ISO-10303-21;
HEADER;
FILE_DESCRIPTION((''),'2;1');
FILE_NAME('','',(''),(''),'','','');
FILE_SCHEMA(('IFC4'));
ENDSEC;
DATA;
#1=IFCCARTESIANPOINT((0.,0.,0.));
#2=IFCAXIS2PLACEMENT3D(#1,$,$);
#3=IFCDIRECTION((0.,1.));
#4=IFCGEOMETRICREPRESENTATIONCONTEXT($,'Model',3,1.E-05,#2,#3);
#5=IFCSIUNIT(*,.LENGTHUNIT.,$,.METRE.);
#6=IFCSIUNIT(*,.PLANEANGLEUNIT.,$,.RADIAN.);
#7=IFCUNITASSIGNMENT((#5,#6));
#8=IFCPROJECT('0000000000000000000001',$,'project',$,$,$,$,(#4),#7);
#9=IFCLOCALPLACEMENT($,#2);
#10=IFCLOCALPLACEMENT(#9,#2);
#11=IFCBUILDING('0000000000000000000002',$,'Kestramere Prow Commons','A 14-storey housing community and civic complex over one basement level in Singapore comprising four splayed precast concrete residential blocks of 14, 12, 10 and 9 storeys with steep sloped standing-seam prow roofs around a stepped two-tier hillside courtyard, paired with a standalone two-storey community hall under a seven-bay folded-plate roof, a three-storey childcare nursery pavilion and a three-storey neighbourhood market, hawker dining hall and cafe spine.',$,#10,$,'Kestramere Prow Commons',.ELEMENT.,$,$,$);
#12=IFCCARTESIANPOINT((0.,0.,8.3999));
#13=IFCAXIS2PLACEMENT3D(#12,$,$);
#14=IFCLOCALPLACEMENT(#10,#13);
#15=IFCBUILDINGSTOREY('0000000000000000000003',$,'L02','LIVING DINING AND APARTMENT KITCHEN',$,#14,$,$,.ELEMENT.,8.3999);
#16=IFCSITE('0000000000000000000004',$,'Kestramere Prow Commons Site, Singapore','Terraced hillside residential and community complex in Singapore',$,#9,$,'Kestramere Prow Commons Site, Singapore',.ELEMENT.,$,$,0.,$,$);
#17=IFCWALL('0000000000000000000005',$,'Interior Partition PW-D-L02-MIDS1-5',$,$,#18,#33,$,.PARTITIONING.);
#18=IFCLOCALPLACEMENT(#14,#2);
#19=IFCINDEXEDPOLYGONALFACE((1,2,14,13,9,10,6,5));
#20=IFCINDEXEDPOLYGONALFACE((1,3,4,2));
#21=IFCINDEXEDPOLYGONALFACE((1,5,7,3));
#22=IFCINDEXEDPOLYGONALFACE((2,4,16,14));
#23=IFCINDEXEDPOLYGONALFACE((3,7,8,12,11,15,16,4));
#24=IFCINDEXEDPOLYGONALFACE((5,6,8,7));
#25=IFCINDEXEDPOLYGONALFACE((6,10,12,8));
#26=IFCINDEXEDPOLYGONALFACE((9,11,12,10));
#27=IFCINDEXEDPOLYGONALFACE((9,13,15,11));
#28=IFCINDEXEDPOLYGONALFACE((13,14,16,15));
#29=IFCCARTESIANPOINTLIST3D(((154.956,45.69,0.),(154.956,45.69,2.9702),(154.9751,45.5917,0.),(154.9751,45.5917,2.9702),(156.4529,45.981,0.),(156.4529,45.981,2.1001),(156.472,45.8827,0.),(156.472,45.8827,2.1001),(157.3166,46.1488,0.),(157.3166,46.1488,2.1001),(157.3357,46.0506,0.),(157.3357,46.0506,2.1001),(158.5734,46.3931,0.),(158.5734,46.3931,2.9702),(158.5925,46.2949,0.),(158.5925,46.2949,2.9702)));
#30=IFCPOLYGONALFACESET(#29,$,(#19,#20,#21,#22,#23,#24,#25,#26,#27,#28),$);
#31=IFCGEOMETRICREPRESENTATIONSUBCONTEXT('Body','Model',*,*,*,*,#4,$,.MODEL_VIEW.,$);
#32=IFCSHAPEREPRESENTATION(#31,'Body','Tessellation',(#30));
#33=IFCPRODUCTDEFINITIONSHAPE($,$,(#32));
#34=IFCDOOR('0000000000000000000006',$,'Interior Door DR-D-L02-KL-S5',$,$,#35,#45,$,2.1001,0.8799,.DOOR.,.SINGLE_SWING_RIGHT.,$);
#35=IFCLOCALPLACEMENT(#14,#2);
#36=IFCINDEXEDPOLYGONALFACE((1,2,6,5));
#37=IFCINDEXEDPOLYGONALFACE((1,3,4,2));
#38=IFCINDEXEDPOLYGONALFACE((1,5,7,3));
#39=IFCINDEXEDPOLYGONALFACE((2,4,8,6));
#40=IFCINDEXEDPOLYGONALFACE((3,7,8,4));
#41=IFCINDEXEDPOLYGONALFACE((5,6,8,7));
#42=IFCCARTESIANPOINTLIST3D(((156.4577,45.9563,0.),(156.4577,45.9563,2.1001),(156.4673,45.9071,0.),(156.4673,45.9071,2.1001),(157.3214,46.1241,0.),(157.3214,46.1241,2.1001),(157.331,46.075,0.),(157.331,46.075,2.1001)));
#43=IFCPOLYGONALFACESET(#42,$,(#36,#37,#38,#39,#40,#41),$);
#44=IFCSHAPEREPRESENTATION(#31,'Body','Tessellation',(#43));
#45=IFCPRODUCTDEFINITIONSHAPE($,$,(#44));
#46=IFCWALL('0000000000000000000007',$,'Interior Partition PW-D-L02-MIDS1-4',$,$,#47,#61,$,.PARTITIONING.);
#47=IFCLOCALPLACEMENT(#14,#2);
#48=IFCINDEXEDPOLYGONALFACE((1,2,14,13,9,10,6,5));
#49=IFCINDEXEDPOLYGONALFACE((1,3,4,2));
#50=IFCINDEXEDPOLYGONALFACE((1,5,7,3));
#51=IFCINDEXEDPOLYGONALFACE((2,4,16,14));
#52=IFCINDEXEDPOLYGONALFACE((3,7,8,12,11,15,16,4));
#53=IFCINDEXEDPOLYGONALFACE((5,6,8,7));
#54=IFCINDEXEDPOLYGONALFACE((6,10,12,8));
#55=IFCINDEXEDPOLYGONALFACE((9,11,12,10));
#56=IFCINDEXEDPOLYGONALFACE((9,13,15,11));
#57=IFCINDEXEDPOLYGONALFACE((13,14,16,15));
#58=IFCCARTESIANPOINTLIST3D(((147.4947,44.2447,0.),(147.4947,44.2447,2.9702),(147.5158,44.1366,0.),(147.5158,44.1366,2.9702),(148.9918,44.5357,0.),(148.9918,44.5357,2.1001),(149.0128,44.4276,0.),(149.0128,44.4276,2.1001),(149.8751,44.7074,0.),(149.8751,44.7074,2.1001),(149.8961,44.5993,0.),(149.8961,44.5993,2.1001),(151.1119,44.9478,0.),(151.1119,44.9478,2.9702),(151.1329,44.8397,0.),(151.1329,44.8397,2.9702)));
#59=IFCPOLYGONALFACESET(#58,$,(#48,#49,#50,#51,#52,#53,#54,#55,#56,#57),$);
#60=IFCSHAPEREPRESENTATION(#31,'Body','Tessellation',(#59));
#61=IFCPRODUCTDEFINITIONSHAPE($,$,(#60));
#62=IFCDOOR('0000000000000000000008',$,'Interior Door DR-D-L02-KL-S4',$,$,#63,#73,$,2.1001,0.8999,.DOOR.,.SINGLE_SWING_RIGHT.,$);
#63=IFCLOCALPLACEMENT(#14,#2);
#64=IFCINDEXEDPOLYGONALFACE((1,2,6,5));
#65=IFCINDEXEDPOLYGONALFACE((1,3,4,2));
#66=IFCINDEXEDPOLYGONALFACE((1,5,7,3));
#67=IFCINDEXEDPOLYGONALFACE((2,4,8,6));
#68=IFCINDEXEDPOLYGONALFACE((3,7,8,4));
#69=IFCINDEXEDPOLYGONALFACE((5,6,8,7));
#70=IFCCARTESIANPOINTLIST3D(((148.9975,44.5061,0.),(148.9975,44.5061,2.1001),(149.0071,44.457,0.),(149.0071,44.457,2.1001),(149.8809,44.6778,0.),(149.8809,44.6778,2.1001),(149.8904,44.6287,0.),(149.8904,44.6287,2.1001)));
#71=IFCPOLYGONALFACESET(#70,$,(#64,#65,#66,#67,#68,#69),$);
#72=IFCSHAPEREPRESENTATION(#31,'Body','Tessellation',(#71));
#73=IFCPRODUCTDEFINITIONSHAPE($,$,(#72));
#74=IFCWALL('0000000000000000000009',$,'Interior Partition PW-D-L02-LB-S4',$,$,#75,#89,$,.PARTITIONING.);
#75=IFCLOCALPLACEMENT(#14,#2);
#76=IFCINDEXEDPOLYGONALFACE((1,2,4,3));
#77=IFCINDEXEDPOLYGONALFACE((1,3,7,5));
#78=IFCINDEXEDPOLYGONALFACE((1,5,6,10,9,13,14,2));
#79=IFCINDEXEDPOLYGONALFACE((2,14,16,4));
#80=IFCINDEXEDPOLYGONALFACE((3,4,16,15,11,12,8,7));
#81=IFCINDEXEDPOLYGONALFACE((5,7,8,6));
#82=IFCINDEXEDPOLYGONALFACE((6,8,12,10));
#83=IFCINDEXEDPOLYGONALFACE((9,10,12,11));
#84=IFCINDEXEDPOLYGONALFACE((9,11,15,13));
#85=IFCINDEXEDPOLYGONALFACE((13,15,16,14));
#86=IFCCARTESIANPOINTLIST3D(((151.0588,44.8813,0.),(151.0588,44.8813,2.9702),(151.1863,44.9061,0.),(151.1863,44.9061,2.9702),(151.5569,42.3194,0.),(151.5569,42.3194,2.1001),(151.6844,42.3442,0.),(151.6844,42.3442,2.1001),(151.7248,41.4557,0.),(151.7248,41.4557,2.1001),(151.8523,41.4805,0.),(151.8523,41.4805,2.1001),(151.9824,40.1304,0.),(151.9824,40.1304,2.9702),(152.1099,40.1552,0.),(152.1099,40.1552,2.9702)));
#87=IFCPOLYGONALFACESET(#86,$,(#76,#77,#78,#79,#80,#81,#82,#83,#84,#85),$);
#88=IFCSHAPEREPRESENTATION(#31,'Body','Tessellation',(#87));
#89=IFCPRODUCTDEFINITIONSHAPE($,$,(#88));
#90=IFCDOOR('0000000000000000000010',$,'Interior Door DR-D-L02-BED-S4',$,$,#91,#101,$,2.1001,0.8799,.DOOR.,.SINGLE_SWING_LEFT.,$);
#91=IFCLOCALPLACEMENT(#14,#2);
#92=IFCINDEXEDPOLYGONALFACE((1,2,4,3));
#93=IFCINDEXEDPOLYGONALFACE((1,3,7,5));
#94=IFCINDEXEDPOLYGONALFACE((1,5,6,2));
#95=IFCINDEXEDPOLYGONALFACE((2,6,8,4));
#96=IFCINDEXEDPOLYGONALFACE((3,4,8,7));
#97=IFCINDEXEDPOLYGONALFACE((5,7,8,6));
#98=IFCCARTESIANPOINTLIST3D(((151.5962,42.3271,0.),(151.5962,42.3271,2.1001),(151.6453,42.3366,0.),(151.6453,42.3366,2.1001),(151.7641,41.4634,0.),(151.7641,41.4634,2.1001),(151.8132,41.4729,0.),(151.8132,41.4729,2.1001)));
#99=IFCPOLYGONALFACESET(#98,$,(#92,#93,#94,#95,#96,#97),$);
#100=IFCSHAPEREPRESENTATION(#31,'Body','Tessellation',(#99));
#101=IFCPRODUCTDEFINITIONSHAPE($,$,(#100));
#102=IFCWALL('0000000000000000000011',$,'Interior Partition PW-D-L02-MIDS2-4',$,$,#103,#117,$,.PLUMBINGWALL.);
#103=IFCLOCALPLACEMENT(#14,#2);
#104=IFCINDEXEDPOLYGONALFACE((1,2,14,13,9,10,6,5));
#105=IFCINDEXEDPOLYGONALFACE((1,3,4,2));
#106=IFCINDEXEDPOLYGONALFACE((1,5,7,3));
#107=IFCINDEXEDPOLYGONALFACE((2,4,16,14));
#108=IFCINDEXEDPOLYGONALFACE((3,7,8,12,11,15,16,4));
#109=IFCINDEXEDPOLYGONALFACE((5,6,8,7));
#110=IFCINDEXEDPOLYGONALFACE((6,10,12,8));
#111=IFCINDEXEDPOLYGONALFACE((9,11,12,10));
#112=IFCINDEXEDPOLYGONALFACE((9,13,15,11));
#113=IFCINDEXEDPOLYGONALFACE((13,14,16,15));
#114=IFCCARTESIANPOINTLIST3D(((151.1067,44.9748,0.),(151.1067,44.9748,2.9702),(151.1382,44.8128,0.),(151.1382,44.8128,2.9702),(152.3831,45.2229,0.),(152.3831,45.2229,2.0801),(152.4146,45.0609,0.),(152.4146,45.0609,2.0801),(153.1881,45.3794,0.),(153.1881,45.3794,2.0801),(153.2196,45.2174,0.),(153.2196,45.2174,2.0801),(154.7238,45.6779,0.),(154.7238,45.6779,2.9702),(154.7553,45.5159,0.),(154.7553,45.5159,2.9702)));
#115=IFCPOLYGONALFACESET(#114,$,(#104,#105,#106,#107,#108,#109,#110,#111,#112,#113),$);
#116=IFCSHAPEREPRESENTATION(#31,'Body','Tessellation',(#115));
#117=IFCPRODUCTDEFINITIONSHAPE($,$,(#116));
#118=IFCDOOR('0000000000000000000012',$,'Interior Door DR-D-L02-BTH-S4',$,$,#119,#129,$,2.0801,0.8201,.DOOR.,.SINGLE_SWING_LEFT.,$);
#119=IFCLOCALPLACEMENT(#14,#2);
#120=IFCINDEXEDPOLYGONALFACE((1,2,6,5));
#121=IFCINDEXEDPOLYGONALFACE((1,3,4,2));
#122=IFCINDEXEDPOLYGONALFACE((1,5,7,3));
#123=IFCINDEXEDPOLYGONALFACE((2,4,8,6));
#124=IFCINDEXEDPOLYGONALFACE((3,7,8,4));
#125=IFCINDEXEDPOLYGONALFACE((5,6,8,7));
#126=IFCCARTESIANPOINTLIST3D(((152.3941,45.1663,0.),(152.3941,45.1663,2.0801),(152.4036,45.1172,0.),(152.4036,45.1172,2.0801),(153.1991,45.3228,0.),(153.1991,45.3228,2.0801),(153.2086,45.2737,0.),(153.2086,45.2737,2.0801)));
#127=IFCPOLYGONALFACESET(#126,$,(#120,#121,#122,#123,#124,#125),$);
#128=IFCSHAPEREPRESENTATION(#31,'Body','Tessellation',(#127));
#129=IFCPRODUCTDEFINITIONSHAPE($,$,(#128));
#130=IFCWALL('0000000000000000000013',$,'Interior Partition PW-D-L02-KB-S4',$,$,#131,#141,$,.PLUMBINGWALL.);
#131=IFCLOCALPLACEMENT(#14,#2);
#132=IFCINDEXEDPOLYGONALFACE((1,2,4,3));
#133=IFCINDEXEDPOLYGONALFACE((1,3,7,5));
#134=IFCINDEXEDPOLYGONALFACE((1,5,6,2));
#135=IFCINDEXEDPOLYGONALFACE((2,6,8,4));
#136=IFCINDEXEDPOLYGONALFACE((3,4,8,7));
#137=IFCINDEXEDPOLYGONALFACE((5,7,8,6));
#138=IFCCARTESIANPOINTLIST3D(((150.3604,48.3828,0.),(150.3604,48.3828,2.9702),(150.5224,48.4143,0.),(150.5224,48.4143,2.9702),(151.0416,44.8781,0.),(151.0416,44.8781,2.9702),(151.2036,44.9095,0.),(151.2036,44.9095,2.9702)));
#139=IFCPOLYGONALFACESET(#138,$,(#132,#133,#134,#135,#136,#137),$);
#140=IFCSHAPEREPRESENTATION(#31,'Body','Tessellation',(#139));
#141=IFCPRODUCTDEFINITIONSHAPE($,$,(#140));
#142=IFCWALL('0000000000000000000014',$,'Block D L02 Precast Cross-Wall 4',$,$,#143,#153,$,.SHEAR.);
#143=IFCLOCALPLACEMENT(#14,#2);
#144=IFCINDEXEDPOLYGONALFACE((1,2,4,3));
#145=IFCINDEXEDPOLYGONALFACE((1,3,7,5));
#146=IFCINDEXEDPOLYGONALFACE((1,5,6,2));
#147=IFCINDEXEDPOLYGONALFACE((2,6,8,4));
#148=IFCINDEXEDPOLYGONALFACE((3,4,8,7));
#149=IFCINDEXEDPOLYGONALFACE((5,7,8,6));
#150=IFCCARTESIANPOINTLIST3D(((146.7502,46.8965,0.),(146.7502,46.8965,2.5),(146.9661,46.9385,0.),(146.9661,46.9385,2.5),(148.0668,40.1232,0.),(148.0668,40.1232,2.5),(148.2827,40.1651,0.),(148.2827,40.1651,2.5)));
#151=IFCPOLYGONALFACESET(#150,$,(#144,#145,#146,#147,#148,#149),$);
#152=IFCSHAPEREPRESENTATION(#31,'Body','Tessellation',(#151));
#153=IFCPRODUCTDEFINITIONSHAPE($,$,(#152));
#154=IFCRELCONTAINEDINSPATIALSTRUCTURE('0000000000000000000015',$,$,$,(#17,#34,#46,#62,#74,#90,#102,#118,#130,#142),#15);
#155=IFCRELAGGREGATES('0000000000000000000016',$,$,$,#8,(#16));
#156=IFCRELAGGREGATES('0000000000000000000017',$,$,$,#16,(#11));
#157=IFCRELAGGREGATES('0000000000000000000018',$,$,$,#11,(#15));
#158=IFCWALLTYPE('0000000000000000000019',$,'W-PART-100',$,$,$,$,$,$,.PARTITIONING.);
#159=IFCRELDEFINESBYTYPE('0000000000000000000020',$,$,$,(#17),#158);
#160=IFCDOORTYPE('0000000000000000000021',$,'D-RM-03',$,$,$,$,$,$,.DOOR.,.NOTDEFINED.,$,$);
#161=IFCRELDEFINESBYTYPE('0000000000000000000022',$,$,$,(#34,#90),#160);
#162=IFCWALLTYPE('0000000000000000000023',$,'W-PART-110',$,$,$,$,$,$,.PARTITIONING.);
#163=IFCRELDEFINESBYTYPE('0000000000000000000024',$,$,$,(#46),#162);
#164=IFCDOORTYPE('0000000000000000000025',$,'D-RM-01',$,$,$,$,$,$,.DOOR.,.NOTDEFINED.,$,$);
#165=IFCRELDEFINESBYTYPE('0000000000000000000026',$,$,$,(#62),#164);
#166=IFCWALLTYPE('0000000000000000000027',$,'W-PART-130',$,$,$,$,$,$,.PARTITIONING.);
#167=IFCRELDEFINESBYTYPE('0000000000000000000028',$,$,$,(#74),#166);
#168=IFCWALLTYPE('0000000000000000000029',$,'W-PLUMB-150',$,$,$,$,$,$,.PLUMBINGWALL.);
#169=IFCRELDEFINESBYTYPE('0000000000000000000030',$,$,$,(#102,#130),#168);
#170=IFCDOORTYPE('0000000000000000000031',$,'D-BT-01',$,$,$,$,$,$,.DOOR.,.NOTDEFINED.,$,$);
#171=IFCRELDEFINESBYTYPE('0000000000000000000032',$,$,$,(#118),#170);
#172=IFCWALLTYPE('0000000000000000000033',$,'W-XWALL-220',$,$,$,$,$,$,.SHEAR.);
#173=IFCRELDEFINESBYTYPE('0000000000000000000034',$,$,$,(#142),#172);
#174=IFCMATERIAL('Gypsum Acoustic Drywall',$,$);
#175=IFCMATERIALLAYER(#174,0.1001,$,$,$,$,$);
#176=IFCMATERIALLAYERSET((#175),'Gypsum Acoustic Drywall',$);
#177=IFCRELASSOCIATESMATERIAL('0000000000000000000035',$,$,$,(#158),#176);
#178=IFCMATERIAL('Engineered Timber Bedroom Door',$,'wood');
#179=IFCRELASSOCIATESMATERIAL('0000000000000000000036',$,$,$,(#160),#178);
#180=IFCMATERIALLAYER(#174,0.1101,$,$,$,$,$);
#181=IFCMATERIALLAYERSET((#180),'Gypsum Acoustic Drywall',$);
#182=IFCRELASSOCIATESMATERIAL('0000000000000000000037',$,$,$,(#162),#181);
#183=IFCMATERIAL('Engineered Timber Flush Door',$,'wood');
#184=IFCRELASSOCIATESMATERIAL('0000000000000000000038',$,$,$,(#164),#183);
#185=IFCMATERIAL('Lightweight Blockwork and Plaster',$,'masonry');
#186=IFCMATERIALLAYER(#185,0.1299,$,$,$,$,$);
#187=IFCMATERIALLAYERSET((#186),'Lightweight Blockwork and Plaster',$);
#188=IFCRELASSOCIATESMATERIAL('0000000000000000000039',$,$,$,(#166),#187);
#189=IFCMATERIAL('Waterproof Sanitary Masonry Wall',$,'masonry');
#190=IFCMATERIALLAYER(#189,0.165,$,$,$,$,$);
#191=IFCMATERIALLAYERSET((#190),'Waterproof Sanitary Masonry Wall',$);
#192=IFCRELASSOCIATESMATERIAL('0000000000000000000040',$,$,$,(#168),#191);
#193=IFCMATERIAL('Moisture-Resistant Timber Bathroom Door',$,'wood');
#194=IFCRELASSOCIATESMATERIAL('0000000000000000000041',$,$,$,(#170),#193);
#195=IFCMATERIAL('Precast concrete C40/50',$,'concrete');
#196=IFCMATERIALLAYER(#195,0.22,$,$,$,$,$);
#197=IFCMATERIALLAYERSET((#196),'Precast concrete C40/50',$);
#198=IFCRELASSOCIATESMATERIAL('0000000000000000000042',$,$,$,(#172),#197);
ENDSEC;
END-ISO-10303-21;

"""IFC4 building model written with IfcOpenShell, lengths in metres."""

from ifc_helpers import new_model, si_unit, direction, frame, frame_2d, origin, place, context, subcontext, project, spatial, rectangle, extrude, material, layer, layer_set, type_object, element, fill, save


model = new_model("IFC4")

# Units and contexts
model_context = context("Model", 3, precision=1e-05, world=origin(), true_north=direction((0.0, 1.0)))
body_context = subcontext(model_context, "Body", "Model", "MODEL_VIEW")
ifc_project = project(units=[si_unit("LENGTHUNIT", "METRE"), si_unit("PLANEANGLEUNIT", "RADIAN")], contexts=[model_context])

# Site, building, storey
site_placement = place(None, origin())
site = spatial("IfcSite", under=ifc_project, at=site_placement, Name="Kestramere Prow Commons Site, Singapore", Description="Terraced hillside residential and community complex in Singapore", LongName="Kestramere Prow Commons Site, Singapore", CompositionType="ELEMENT", RefElevation=0.0)
building_placement = place(site_placement, origin())
building = spatial("IfcBuilding", under=site, at=building_placement, Name="Kestramere Prow Commons", Description="A 14-storey housing community and civic complex over one basement level in Singapore comprising four splayed precast concrete residential blocks of 14, 12, 10 and 9 storeys with steep sloped standing-seam prow roofs around a stepped two-tier hillside courtyard, paired with a standalone two-storey community hall under a seven-bay folded-plate roof, a three-storey childcare nursery pavilion and a three-storey neighbourhood market, hawker dining hall and cafe spine.", LongName="Kestramere Prow Commons", CompositionType="ELEMENT")
storey_placement = place(building_placement, frame((0.0, 0.0, 8.3999)))
storey = spatial("IfcBuildingStorey", under=building, at=storey_placement, Name="L02", Description="LIVING DINING AND APARTMENT KITCHEN", CompositionType="ELEMENT", Elevation=8.3999)

# Shared definitions
ifc_material_1 = material(Name="Precast concrete C40/50", Category="concrete")

# Walls, openings, doors
ifc_material_2 = material(Name="Gypsum Acoustic Drywall")
ifc_layer_1 = layer(ifc_material_2, 0.1001)
ifc_layer_set_1 = layer_set([ifc_layer_1], Name="Gypsum Acoustic Drywall")
wall_type_1 = type_object("IfcWallType", Name="W-PART-100", PredefinedType="PARTITIONING", material=ifc_layer_set_1)
wall_1_placement = place(storey_placement, frame((154.9656, 45.6409, 0.0), z_axis=(0.0, 0.0, 1.0), x_axis=(0.981629, 0.190801, 0.0)))
wall_1 = element("IfcWall", 1, at=wall_1_placement, inside=storey, type_object=wall_type_1, Name="Interior Partition PW-D-L02-MIDS1-5", PredefinedType="PARTITIONING", context=body_context, shape_type="SweptSolid", body=[
    extrude(rectangle(XDim=3.6851, YDim=0.1001, at=frame_2d((1.8425, 0.0))), origin(), (0.0, 0.0, 1.0), 2.9702),
])
opening_1_placement = place(wall_1_placement, frame((1.5249, 0.0, 0.0)))
opening_1 = element("IfcOpeningElement", 2, at=opening_1_placement, cuts=wall_1, PredefinedType="OPENING", context=body_context, shape_type="SweptSolid", body=[
    extrude(rectangle(XDim=0.8799, YDim=2.1001, at=frame_2d((0.4399, 1.05))), frame((0.0, 0.0649, 0.0), z_axis=(0.0, -1.0, 0.0), x_axis=(1.0, 0.0, 0.0)), (0.0, 0.0, 1.0), 0.1301),
])
ifc_material_3 = material(Name="Engineered Timber Bedroom Door", Category="wood")
door_type_1 = type_object("IfcDoorType", Name="D-RM-03", OperationType="NOTDEFINED", PredefinedType="DOOR", material=ifc_material_3)
door_1_placement = place(opening_1_placement, origin())
door_1 = element("IfcDoor", 3, at=door_1_placement, inside=storey, type_object=door_type_1, Name="Interior Door DR-D-L02-KL-S5", OperationType="SINGLE_SWING_RIGHT", OverallHeight=2.1001, OverallWidth=0.8799, PredefinedType="DOOR", context=body_context, shape_type="SweptSolid", body=[
    extrude(rectangle(XDim=0.8799, YDim=2.1001, at=frame_2d((0.4399, 1.05))), frame((0.0, 0.0249, 0.0), z_axis=(0.0, -1.0, 0.0), x_axis=(1.0, 0.0, 0.0)), (0.0, 0.0, 1.0), 0.05),
])
fill(opening_1, door_1)
ifc_layer_2 = layer(ifc_material_2, 0.1101)
ifc_layer_set_2 = layer_set([ifc_layer_2], Name="Gypsum Acoustic Drywall")
wall_type_2 = type_object("IfcWallType", Name="W-PART-110", PredefinedType="PARTITIONING", material=ifc_layer_set_2)
wall_2_placement = place(storey_placement, frame((147.5054, 44.1907, 0.0), z_axis=(0.0, 0.0, 1.0), x_axis=(0.981626, 0.190813, 0.0)))
wall_2 = element("IfcWall", 4, at=wall_2_placement, inside=storey, type_object=wall_type_2, Name="Interior Partition PW-D-L02-MIDS1-4", PredefinedType="PARTITIONING", context=body_context, shape_type="SweptSolid", body=[
    extrude(rectangle(XDim=3.6848, YDim=0.1101, at=frame_2d((1.8423, 0.0))), origin(), (0.0, 0.0, 1.0), 2.9702),
])
opening_2_placement = place(wall_2_placement, frame((1.5249, 0.0, 0.0)))
opening_2 = element("IfcOpeningElement", 5, at=opening_2_placement, cuts=wall_2, PredefinedType="OPENING", context=body_context, shape_type="SweptSolid", body=[
    extrude(rectangle(XDim=0.8999, YDim=2.1001, at=frame_2d((0.45, 1.05))), frame((0.0, 0.0701, 0.0), z_axis=(0.0, -1.0, 0.0), x_axis=(1.0, 0.0, 0.0)), (0.0, 0.0, 1.0), 0.1401),
])
ifc_material_4 = material(Name="Engineered Timber Flush Door", Category="wood")
door_type_2 = type_object("IfcDoorType", Name="D-RM-01", OperationType="NOTDEFINED", PredefinedType="DOOR", material=ifc_material_4)
door_2_placement = place(opening_2_placement, origin())
door_2 = element("IfcDoor", 6, at=door_2_placement, inside=storey, type_object=door_type_2, Name="Interior Door DR-D-L02-KL-S4", OperationType="SINGLE_SWING_RIGHT", OverallHeight=2.1001, OverallWidth=0.8999, PredefinedType="DOOR", context=body_context, shape_type="SweptSolid", body=[
    extrude(rectangle(XDim=0.8999, YDim=2.1001, at=frame_2d((0.45, 1.05))), frame((0.0, 0.0249, 0.0), z_axis=(0.0, -1.0, 0.0), x_axis=(1.0, 0.0, 0.0)), (0.0, 0.0, 1.0), 0.05),
])
fill(opening_2, door_2)
ifc_material_5 = material(Name="Lightweight Blockwork and Plaster", Category="masonry")
ifc_layer_3 = layer(ifc_material_5, 0.1299)
ifc_layer_set_3 = layer_set([ifc_layer_3], Name="Lightweight Blockwork and Plaster")
wall_type_3 = type_object("IfcWallType", Name="W-PART-130", PredefinedType="PARTITIONING", material=ifc_layer_set_3)
wall_3_placement = place(storey_placement, frame((152.0461, 40.1428, 0.0), z_axis=(0.0, 0.0, 1.0), x_axis=(-0.190826, 0.981624, 0.0)))
wall_3 = element("IfcWall", 7, at=wall_3_placement, inside=storey, type_object=wall_type_3, Name="Interior Partition PW-D-L02-LB-S4", PredefinedType="PARTITIONING", context=body_context, shape_type="SweptSolid", body=[
    extrude(rectangle(XDim=4.8398, YDim=0.1299, at=frame_2d((2.4199, 0.0))), origin(), (0.0, 0.0, 1.0), 2.9702),
])
opening_3_placement = place(wall_3_placement, frame((1.3501, 0.0, 0.0)))
opening_3 = element("IfcOpeningElement", 8, at=opening_3_placement, cuts=wall_3, PredefinedType="OPENING", context=body_context, shape_type="SweptSolid", body=[
    extrude(rectangle(XDim=0.8799, YDim=2.1001, at=frame_2d((0.4399, 1.05))), frame((0.0, 0.0798, 0.0), z_axis=(0.0, -1.0, 0.0), x_axis=(1.0, 0.0, 0.0)), (0.0, 0.0, 1.0), 0.1599),
])
door_3_placement = place(opening_3_placement, origin())
door_3 = element("IfcDoor", 9, at=door_3_placement, inside=storey, type_object=door_type_1, Name="Interior Door DR-D-L02-BED-S4", OperationType="SINGLE_SWING_LEFT", OverallHeight=2.1001, OverallWidth=0.8799, PredefinedType="DOOR", context=body_context, shape_type="SweptSolid", body=[
    extrude(rectangle(XDim=0.8799, YDim=2.1001, at=frame_2d((0.4399, 1.05))), frame((0.0, 0.0249, 0.0), z_axis=(0.0, -1.0, 0.0), x_axis=(1.0, 0.0, 0.0)), (0.0, 0.0, 1.0), 0.05),
])
fill(opening_3, door_3)
ifc_material_6 = material(Name="Waterproof Sanitary Masonry Wall", Category="masonry")
ifc_layer_4 = layer(ifc_material_6, 0.165)
ifc_layer_set_4 = layer_set([ifc_layer_4], Name="Waterproof Sanitary Masonry Wall")
wall_type_4 = type_object("IfcWallType", Name="W-PLUMB-150", PredefinedType="PLUMBINGWALL", material=ifc_layer_set_4)
wall_4_placement = place(storey_placement, frame((151.1226, 44.8938, 0.0), z_axis=(0.0, 0.0, 1.0), x_axis=(0.981626, 0.190813, 0.0)))
wall_4 = element("IfcWall", 10, at=wall_4_placement, inside=storey, type_object=wall_type_4, Name="Interior Partition PW-D-L02-MIDS2-4", PredefinedType="PLUMBINGWALL", context=body_context, shape_type="SweptSolid", body=[
    extrude(rectangle(XDim=3.6848, YDim=0.165, at=frame_2d((1.8423, 0.0))), origin(), (0.0, 0.0, 1.0), 2.9702),
])
opening_4_placement = place(wall_4_placement, frame((1.3, 0.0, 0.0)))
opening_4 = element("IfcOpeningElement", 11, at=opening_4_placement, cuts=wall_4, PredefinedType="OPENING", context=body_context, shape_type="SweptSolid", body=[
    extrude(rectangle(XDim=0.8201, YDim=2.0801, at=frame_2d((0.4102, 1.04))), frame((0.0, 0.0974, 0.0), z_axis=(0.0, -1.0, 0.0), x_axis=(1.0, 0.0, 0.0)), (0.0, 0.0, 1.0), 0.1951),
])
ifc_material_7 = material(Name="Moisture-Resistant Timber Bathroom Door", Category="wood")
door_type_3 = type_object("IfcDoorType", Name="D-BT-01", OperationType="NOTDEFINED", PredefinedType="DOOR", material=ifc_material_7)
door_4_placement = place(opening_4_placement, origin())
door_4 = element("IfcDoor", 12, at=door_4_placement, inside=storey, type_object=door_type_3, Name="Interior Door DR-D-L02-BTH-S4", OperationType="SINGLE_SWING_LEFT", OverallHeight=2.0801, OverallWidth=0.8201, PredefinedType="DOOR", context=body_context, shape_type="SweptSolid", body=[
    extrude(rectangle(XDim=0.8201, YDim=2.0801, at=frame_2d((0.4102, 1.04))), frame((0.0, 0.0249, 0.0), z_axis=(0.0, -1.0, 0.0), x_axis=(1.0, 0.0, 0.0)), (0.0, 0.0, 1.0), 0.05),
])
fill(opening_4, door_4)

# Walls
wall_5_placement = place(storey_placement, frame((151.1226, 44.8938, 0.0), z_axis=(0.0, 0.0, 1.0), x_axis=(-0.190787, 0.981631, 0.0)))
element("IfcWall", 13, at=wall_5_placement, inside=storey, type_object=wall_type_4, Name="Interior Partition PW-D-L02-KB-S4", PredefinedType="PLUMBINGWALL", context=body_context, shape_type="SweptSolid", body=[
    extrude(rectangle(XDim=3.5703, YDim=0.165, at=frame_2d((1.7852, 0.0))), origin(), (0.0, 0.0, 1.0), 2.9702),
])
ifc_layer_5 = layer(ifc_material_1, 0.22)
ifc_layer_set_5 = layer_set([ifc_layer_5], Name="Precast concrete C40/50")
wall_type_5 = type_object("IfcWallType", Name="W-XWALL-220", PredefinedType="SHEAR", material=ifc_layer_set_5)
wall_6_placement = place(storey_placement, frame((148.1748, 40.144, 0.0), z_axis=(0.0, 0.0, 1.0), x_axis=(-0.190813, 0.981626, 0.0)))
element("IfcWall", 14, at=wall_6_placement, inside=storey, type_object=wall_type_5, Name="Block D L02 Precast Cross-Wall 4", PredefinedType="SHEAR", context=body_context, shape_type="SweptSolid", body=[
    extrude(rectangle(XDim=6.9001, YDim=0.22, at=frame_2d((3.4502, 0.0))), origin(), (0.0, 0.0, 1.0), 2.5),
])

save(model, "model.ifc")
